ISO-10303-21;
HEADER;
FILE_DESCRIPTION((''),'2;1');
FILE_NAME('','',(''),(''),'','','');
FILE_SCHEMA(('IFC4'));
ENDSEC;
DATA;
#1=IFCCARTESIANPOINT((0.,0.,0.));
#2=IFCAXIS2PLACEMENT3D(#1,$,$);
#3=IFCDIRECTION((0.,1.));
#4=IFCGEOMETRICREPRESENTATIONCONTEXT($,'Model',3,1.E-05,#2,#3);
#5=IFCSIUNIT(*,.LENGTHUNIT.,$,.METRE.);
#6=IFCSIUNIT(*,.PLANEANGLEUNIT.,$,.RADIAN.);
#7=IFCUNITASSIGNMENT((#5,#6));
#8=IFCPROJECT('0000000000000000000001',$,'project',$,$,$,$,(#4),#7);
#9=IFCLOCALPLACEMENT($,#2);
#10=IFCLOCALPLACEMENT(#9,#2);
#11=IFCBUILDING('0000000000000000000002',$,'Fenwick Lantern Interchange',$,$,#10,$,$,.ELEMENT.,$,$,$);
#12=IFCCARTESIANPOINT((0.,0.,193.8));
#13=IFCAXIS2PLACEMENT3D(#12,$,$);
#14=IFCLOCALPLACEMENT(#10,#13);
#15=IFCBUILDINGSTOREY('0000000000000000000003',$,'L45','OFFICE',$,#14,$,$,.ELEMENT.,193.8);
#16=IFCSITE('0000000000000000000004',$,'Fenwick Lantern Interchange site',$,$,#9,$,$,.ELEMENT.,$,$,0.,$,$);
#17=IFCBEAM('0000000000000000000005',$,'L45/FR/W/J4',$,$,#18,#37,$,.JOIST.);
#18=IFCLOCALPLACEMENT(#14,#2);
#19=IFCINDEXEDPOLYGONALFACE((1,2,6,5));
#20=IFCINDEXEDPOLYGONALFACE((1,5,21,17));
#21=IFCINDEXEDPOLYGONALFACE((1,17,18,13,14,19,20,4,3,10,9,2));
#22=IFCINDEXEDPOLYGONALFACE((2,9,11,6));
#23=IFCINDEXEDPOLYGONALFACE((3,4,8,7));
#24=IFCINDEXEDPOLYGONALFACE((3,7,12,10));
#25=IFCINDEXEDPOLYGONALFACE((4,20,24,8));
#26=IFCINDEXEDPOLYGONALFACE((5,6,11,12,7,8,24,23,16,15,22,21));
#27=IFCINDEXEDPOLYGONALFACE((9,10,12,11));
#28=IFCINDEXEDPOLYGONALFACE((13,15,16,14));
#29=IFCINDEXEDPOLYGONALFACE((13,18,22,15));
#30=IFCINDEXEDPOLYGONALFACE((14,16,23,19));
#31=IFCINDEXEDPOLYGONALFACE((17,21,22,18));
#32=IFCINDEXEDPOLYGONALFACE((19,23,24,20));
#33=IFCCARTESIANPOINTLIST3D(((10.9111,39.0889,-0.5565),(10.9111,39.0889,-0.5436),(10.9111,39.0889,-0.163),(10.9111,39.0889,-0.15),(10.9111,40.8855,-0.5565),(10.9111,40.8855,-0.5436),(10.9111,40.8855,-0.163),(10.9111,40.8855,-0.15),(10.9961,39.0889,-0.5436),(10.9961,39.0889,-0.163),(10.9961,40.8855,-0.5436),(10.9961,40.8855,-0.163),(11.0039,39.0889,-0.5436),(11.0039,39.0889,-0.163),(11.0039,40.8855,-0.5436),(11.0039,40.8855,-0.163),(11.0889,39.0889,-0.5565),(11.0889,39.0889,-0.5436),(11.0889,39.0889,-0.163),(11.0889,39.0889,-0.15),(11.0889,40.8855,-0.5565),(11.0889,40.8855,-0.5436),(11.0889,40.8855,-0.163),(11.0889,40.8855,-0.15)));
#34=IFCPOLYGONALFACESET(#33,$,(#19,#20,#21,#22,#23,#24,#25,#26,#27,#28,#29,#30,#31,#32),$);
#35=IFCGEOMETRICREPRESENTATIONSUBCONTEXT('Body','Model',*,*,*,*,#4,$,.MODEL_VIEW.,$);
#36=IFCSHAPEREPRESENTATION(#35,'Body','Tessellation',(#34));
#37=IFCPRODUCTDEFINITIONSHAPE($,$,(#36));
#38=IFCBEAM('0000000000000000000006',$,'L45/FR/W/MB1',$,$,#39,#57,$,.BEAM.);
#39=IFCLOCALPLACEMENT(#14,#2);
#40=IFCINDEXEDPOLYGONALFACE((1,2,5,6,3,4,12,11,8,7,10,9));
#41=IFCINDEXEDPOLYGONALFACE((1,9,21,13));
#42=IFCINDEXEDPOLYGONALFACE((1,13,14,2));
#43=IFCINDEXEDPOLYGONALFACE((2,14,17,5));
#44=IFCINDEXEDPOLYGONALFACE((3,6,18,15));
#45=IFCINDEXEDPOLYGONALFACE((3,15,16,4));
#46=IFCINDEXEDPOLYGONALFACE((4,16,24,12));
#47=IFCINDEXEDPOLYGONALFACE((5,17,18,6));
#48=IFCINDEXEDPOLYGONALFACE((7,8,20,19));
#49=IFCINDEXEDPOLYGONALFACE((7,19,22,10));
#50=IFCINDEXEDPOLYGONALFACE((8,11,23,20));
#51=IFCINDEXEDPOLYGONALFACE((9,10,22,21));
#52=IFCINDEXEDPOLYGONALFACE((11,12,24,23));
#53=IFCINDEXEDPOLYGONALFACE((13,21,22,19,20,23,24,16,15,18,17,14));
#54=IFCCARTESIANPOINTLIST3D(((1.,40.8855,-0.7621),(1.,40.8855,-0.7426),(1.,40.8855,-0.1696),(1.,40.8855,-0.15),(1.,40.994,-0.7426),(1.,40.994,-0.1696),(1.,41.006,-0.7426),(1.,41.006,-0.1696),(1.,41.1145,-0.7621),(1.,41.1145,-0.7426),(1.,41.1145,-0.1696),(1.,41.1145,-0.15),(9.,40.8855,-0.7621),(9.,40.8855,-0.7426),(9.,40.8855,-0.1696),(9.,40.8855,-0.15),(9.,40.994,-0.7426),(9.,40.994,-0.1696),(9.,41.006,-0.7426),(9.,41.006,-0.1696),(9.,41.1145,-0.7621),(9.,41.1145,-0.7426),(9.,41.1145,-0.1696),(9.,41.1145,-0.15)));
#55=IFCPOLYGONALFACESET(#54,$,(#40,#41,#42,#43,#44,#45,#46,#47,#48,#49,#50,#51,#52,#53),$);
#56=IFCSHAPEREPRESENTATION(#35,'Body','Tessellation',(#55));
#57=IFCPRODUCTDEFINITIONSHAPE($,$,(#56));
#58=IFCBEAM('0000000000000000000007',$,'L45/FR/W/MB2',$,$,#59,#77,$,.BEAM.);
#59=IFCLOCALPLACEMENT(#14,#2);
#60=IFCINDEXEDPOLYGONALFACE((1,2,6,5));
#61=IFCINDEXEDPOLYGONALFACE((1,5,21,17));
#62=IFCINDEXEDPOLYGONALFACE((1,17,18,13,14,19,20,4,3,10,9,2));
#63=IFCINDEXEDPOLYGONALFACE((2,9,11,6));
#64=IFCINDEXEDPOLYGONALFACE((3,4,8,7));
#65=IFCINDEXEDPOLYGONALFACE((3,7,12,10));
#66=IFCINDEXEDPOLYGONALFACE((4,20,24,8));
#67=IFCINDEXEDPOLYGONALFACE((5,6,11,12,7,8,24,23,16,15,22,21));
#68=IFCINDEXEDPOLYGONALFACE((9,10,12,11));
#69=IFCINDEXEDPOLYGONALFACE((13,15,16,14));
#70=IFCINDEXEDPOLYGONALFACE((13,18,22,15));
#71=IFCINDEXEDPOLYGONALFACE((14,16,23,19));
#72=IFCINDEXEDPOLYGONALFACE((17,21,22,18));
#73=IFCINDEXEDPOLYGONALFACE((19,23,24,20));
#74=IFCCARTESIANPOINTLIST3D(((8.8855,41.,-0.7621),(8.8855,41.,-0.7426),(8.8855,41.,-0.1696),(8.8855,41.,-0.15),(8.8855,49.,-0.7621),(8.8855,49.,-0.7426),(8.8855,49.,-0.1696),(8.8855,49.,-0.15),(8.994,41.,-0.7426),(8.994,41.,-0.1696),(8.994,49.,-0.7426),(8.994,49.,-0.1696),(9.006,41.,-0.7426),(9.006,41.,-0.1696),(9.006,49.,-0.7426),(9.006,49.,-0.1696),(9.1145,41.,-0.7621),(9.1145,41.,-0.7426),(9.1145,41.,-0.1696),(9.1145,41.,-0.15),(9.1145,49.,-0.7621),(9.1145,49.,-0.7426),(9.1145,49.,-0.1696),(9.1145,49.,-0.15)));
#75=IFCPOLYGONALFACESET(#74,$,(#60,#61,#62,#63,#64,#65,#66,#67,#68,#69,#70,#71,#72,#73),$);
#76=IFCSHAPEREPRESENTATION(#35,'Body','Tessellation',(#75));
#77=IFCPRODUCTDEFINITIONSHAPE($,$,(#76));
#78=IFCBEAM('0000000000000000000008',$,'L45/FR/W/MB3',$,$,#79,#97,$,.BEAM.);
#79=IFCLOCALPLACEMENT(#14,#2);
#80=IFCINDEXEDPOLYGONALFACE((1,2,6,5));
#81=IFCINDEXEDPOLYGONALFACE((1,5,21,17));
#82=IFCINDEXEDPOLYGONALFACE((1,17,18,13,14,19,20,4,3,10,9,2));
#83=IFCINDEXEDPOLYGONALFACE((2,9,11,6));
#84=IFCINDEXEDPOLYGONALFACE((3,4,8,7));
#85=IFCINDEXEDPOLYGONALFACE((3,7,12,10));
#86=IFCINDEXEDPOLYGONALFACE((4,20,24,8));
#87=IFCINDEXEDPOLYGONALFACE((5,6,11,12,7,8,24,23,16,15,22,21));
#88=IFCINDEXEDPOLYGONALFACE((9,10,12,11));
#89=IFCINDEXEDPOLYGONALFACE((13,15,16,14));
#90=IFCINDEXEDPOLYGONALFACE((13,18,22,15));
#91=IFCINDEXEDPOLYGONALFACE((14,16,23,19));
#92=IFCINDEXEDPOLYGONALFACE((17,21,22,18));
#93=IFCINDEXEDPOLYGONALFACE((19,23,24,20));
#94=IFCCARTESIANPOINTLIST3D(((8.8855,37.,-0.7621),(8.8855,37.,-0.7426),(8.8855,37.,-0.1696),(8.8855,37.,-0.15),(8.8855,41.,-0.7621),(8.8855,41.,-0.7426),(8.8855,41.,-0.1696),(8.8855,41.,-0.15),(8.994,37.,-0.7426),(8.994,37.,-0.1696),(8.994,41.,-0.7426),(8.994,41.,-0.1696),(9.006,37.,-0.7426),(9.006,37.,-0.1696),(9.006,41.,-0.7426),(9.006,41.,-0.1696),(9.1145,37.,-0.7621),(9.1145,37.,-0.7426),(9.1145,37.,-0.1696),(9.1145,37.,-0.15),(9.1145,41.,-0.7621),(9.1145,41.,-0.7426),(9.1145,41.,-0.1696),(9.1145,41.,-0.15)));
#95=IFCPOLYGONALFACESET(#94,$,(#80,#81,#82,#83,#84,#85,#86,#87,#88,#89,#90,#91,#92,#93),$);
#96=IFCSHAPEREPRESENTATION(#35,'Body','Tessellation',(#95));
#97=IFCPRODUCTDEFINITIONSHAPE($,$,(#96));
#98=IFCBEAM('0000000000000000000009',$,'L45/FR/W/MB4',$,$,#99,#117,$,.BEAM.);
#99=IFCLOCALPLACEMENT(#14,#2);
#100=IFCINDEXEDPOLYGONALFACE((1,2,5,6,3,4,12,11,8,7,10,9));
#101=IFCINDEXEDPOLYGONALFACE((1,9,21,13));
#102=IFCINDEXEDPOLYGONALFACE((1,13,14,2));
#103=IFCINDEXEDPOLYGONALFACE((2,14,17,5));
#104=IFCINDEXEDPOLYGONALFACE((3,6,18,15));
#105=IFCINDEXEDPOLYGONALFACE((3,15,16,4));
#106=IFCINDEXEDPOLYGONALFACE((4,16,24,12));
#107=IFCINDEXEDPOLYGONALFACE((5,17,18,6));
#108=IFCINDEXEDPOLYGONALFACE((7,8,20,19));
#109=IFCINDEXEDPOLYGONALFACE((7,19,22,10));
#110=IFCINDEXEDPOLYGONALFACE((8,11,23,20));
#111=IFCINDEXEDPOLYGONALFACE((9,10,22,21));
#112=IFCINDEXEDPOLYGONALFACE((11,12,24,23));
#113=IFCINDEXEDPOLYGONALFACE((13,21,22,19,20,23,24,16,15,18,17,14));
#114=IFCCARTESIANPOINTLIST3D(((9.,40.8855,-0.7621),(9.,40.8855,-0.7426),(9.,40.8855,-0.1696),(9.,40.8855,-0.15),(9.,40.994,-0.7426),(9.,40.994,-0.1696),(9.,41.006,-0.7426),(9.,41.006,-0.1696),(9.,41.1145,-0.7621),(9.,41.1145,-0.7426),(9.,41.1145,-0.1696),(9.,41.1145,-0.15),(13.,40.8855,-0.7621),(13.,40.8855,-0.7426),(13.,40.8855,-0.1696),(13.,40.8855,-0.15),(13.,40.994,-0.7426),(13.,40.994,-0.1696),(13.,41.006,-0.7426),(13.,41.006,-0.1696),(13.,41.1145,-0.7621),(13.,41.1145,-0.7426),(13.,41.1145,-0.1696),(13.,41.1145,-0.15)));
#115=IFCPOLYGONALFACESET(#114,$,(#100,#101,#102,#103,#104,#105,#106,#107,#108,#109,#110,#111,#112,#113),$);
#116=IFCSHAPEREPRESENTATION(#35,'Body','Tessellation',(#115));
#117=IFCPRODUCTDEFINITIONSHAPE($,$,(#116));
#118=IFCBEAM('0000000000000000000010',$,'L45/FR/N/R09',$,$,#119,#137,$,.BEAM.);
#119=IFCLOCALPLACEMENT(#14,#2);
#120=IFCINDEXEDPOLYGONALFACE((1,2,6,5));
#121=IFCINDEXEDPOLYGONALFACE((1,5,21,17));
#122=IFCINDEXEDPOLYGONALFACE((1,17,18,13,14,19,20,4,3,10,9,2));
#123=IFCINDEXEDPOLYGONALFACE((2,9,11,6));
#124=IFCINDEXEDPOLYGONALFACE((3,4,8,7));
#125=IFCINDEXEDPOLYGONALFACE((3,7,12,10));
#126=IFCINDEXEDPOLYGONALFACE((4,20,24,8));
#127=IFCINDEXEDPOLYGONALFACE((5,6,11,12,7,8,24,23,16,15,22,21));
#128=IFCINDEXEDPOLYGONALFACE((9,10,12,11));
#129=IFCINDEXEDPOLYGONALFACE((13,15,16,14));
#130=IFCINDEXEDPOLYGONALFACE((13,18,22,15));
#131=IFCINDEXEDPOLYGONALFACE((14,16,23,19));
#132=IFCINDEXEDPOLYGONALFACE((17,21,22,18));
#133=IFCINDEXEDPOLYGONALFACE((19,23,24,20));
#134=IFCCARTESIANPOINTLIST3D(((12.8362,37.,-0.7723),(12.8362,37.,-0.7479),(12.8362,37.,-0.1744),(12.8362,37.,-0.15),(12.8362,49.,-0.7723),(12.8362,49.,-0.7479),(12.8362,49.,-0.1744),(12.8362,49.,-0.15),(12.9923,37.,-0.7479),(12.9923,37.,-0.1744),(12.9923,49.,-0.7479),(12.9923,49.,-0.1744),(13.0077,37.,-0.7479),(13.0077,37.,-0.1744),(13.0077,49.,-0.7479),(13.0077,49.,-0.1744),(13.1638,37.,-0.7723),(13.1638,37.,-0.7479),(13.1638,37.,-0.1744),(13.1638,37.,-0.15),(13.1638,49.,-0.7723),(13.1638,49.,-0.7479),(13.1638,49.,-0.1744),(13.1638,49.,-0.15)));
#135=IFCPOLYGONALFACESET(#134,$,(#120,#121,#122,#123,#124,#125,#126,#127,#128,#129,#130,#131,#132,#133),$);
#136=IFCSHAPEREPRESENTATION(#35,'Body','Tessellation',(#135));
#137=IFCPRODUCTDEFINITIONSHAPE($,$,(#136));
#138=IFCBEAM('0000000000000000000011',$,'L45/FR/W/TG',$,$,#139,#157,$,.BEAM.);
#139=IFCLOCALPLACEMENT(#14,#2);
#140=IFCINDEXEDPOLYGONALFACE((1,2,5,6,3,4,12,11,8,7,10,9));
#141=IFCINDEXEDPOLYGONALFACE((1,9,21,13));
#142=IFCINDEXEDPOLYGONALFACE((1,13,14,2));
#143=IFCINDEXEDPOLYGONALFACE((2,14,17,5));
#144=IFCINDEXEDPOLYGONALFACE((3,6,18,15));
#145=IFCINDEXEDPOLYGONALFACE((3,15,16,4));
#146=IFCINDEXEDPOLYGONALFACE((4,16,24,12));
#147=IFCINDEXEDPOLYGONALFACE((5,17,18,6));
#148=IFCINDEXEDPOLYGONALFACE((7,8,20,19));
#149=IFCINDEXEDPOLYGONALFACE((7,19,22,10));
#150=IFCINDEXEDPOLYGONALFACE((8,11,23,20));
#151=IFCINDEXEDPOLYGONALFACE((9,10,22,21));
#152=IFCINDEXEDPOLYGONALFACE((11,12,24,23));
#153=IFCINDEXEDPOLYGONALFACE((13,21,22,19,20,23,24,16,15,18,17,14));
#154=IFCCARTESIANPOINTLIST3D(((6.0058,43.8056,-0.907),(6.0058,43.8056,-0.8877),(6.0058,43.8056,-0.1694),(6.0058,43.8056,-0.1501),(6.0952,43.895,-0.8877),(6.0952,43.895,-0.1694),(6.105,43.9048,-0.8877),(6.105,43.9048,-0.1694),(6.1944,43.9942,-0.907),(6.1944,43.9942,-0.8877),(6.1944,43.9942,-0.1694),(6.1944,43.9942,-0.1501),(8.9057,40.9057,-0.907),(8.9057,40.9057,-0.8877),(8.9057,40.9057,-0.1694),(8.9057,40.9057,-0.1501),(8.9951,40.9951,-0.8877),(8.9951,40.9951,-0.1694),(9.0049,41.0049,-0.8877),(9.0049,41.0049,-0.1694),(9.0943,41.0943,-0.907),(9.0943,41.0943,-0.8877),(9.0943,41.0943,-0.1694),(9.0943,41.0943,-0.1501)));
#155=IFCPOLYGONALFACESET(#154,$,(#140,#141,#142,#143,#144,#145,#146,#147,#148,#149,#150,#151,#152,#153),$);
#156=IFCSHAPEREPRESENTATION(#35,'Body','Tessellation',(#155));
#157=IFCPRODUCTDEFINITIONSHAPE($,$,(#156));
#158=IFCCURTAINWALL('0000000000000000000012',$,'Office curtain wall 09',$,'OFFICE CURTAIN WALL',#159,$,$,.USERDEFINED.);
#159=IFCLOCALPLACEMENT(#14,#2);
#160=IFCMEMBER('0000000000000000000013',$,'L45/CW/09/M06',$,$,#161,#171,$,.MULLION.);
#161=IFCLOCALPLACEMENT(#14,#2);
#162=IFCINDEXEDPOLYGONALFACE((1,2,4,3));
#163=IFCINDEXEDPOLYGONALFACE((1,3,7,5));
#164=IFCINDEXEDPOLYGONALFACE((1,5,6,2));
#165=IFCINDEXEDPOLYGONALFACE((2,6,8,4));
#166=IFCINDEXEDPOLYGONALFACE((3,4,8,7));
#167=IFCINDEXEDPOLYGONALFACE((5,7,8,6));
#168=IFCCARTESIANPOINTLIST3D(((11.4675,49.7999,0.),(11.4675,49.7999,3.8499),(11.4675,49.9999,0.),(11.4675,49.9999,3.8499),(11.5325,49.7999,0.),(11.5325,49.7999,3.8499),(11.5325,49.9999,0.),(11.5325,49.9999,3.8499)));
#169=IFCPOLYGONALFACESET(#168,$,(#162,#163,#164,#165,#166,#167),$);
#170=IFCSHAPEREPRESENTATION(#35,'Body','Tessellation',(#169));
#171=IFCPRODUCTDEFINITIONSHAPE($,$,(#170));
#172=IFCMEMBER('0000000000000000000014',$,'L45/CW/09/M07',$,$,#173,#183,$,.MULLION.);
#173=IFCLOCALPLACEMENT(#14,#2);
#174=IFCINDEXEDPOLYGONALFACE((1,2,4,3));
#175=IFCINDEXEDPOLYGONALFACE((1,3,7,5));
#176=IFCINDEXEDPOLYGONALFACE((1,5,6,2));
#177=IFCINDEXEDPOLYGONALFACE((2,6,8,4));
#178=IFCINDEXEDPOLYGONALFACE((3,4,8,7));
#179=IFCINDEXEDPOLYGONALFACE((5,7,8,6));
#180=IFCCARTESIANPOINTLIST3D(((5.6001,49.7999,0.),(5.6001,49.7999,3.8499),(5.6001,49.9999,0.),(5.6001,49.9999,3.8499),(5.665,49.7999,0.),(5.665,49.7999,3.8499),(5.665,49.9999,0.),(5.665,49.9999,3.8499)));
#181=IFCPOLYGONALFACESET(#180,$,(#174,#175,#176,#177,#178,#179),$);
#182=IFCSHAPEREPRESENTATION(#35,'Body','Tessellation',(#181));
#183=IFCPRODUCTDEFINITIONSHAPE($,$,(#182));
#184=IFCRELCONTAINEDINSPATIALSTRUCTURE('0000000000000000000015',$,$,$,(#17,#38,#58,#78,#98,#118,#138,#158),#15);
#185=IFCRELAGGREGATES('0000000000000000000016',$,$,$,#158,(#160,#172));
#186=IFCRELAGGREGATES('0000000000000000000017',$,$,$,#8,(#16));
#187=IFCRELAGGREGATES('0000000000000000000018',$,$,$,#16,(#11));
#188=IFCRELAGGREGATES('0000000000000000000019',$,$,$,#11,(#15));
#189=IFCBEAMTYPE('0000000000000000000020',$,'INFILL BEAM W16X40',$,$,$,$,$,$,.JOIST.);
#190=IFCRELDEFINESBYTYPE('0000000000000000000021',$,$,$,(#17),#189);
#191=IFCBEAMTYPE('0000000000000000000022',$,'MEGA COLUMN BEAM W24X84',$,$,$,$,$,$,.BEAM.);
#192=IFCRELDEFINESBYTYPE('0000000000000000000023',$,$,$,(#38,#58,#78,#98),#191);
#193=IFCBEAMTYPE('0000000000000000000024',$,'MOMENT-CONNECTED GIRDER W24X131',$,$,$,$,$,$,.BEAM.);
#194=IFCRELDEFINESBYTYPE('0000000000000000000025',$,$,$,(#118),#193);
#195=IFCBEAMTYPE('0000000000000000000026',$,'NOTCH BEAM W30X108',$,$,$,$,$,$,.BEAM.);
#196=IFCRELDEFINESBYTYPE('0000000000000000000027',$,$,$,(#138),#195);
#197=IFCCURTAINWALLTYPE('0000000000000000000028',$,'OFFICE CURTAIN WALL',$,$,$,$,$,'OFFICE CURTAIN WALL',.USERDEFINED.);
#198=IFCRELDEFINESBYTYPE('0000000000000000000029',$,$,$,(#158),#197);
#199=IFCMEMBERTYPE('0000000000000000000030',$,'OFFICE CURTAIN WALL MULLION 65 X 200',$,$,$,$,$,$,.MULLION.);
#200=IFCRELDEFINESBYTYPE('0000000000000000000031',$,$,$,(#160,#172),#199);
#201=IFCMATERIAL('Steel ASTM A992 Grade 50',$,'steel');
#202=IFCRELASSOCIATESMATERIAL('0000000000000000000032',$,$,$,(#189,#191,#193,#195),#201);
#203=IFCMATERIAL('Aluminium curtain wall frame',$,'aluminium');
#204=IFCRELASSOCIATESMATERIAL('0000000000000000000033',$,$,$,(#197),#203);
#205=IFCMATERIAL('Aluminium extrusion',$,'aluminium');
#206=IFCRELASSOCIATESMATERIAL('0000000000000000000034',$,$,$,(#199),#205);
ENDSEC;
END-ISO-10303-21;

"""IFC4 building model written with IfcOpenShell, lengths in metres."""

from ifc_helpers import new_model, si_unit, direction, frame, origin, origin_2d, place, context, subcontext, project, spatial, rectangle, i_section, extrude, material, material_profile, profile_set, type_object, element, aggregate, save


model = new_model("IFC4")

# Units and contexts
model_context = context("Model", 3, precision=1e-05, world=origin(), true_north=direction((0.0, 1.0)))
body_context = subcontext(model_context, "Body", "Model", "MODEL_VIEW")
ifc_project = project(units=[si_unit("LENGTHUNIT", "METRE"), si_unit("PLANEANGLEUNIT", "RADIAN")], contexts=[model_context])

# Site, building, storey
site_placement = place(None, origin())
site = spatial("IfcSite", under=ifc_project, at=site_placement, Name="Fenwick Lantern Interchange site", CompositionType="ELEMENT", RefElevation=0.0)
building_placement = place(site_placement, origin())
building = spatial("IfcBuilding", under=site, at=building_placement, Name="Fenwick Lantern Interchange", CompositionType="ELEMENT")
storey_placement = place(building_placement, frame((0.0, 0.0, 193.8)))
storey = spatial("IfcBuildingStorey", under=building, at=storey_placement, Name="L45", Description="OFFICE", CompositionType="ELEMENT", Elevation=193.8)

# Shared definitions
ifc_material_1 = material(Name="Steel ASTM A992 Grade 50", Category="steel")

# Beams
ifc_material_profile_1 = material_profile(ifc_material_1, i_section(OverallWidth=0.1777, OverallDepth=0.4065, WebThickness=0.0078, FlangeThickness=0.0129, at=origin_2d()), Name="W16X40")
ifc_profile_set_1 = profile_set([ifc_material_profile_1], Name="Steel ASTM A992 Grade 50")
beam_type_1 = type_object("IfcBeamType", Name="INFILL BEAM W16X40", PredefinedType="JOIST", material=ifc_profile_set_1)
beam_1_placement = place(storey_placement, frame((11.0, 40.8855, -0.3533), z_axis=(0.0, -1.0, 0.0), x_axis=(1.0, 0.0, 0.0)))
element("IfcBeam", 1, at=beam_1_placement, inside=storey, type_object=beam_type_1, Name="L45/FR/W/J4", PredefinedType="JOIST", context=body_context, shape_type="SweptSolid", body=[
    extrude(i_section(OverallWidth=0.1777, OverallDepth=0.4065, WebThickness=0.0078, FlangeThickness=0.0129, at=origin_2d()), origin(), (0.0, 0.0, 1.0), 1.7966),
])
ifc_material_profile_2 = material_profile(ifc_material_1, i_section(OverallWidth=0.229, OverallDepth=0.6121, WebThickness=0.012, FlangeThickness=0.0195, at=origin_2d()), Name="W24X84")
ifc_profile_set_2 = profile_set([ifc_material_profile_2], Name="Steel ASTM A992 Grade 50")
beam_type_2 = type_object("IfcBeamType", Name="MEGA COLUMN BEAM W24X84", PredefinedType="BEAM", material=ifc_profile_set_2)
for number, where, z_axis, x_axis, name in (
    (2, (9.0, 41.0, -0.4561), (-1.0, 0.0, 0.0), (0.0, -1.0, 0.0), "L45/FR/W/MB1"),
    (3, (9.0, 41.0, -0.4561), (0.0, 1.0, 0.0), (-1.0, 0.0, 0.0), "L45/FR/W/MB2"),
):
    element("IfcBeam", number, at=place(storey_placement, frame(where, z_axis=z_axis, x_axis=x_axis)), inside=storey, type_object=beam_type_2, Name=name, PredefinedType="BEAM", context=body_context, shape_type="SweptSolid", body=[
        extrude(i_section(OverallWidth=0.229, OverallDepth=0.6121, WebThickness=0.012, FlangeThickness=0.0195, at=origin_2d()), origin(), (0.0, 0.0, 1.0), 8.0),
    ])
for number, where, z_axis, x_axis, name in (
    (4, (9.0, 41.0, -0.4561), (0.0, -1.0, 0.0), (1.0, 0.0, 0.0), "L45/FR/W/MB3"),
    (5, (9.0, 41.0, -0.4561), (1.0, 0.0, 0.0), (0.0, 1.0, 0.0), "L45/FR/W/MB4"),
):
    element("IfcBeam", number, at=place(storey_placement, frame(where, z_axis=z_axis, x_axis=x_axis)), inside=storey, type_object=beam_type_2, Name=name, PredefinedType="BEAM", context=body_context, shape_type="SweptSolid", body=[
        extrude(i_section(OverallWidth=0.229, OverallDepth=0.6121, WebThickness=0.012, FlangeThickness=0.0195, at=origin_2d()), origin(), (0.0, 0.0, 1.0), 4.0),
    ])
ifc_material_profile_3 = material_profile(ifc_material_1, i_section(OverallWidth=0.3276, OverallDepth=0.6223, WebThickness=0.0154, FlangeThickness=0.0244, at=origin_2d()), Name="W24X131")
ifc_profile_set_3 = profile_set([ifc_material_profile_3], Name="Steel ASTM A992 Grade 50")
beam_type_3 = type_object("IfcBeamType", Name="MOMENT-CONNECTED GIRDER W24X131", PredefinedType="BEAM", material=ifc_profile_set_3)
beam_2_placement = place(storey_placement, frame((13.0, 49.0, -0.4612), z_axis=(0.0, -1.0, 0.0), x_axis=(1.0, 0.0, 0.0)))
element("IfcBeam", 6, at=beam_2_placement, inside=storey, type_object=beam_type_3, Name="L45/FR/N/R09", PredefinedType="BEAM", context=body_context, shape_type="SweptSolid", body=[
    extrude(i_section(OverallWidth=0.3276, OverallDepth=0.6223, WebThickness=0.0154, FlangeThickness=0.0244, at=origin_2d()), origin(), (0.0, 0.0, 1.0), 12.0),
])
ifc_material_profile_4 = material_profile(ifc_material_1, i_section(OverallWidth=0.2666, OverallDepth=0.7568, WebThickness=0.0139, FlangeThickness=0.0193, at=origin_2d()), Name="W30X108")
ifc_profile_set_4 = profile_set([ifc_material_profile_4], Name="Steel ASTM A992 Grade 50")
beam_type_4 = type_object("IfcBeamType", Name="NOTCH BEAM W30X108", PredefinedType="BEAM", material=ifc_profile_set_4)
beam_3_placement = place(storey_placement, frame((9.0, 41.0, -0.5286), z_axis=(-0.707107, 0.707107, 0.0), x_axis=(-0.707107, -0.707107, 0.0)))
element("IfcBeam", 7, at=beam_3_placement, inside=storey, type_object=beam_type_4, Name="L45/FR/W/TG", PredefinedType="BEAM", context=body_context, shape_type="SweptSolid", body=[
    extrude(i_section(OverallWidth=0.2666, OverallDepth=0.7568, WebThickness=0.0139, FlangeThickness=0.0193, at=origin_2d()), origin(), (0.0, 0.0, 1.0), 4.1011),
])

# Curtain wall, members
ifc_material_2 = material(Name="Aluminium curtain wall frame", Category="aluminium")
curtain_wall_type = type_object("IfcCurtainWallType", Name="OFFICE CURTAIN WALL", ElementType="OFFICE CURTAIN WALL", PredefinedType="USERDEFINED", material=ifc_material_2)
curtain_wall_1_placement = place(storey_placement, origin())
curtain_wall_1 = element("IfcCurtainWall", 8, at=curtain_wall_1_placement, inside=storey, type_object=curtain_wall_type, Name="Office curtain wall 09", ObjectType="OFFICE CURTAIN WALL", PredefinedType="USERDEFINED")
ifc_material_3 = material(Name="Aluminium extrusion", Category="aluminium")
ifc_material_profile_5 = material_profile(ifc_material_3, rectangle(XDim=0.2, YDim=0.0649, at=origin_2d()), Name="OFFICE CURTAIN WALL MULLION 65 X 200")
ifc_profile_set_5 = profile_set([ifc_material_profile_5], Name="Aluminium extrusion")
member_type_1 = type_object("IfcMemberType", Name="OFFICE CURTAIN WALL MULLION 65 X 200", PredefinedType="MULLION", material=ifc_profile_set_5)
member_1_placement = place(storey_placement, frame((11.5, 49.8999, 0.0), z_axis=(0.0, 0.0, 1.0), x_axis=(0.0, -1.0, 0.0)))
member_1 = element("IfcMember", 9, at=member_1_placement, type_object=member_type_1, Name="L45/CW/09/M06", PredefinedType="MULLION", context=body_context, shape_type="SweptSolid", body=[
    extrude(rectangle(XDim=0.2, YDim=0.0649, at=origin_2d()), origin(), (0.0, 0.0, 1.0), 3.8499),
])
member_2_placement = place(storey_placement, frame((5.6326, 49.8999, 0.0), z_axis=(0.0, 0.0, 1.0), x_axis=(0.0, -1.0, 0.0)))
member_2 = element("IfcMember", 10, at=member_2_placement, type_object=member_type_1, Name="L45/CW/09/M07", PredefinedType="MULLION", context=body_context, shape_type="SweptSolid", body=[
    extrude(rectangle(XDim=0.2, YDim=0.0649, at=origin_2d()), origin(), (0.0, 0.0, 1.0), 3.8499),
])

aggregate(curtain_wall_1, [member_1, member_2])

save(model, "model.ifc")
